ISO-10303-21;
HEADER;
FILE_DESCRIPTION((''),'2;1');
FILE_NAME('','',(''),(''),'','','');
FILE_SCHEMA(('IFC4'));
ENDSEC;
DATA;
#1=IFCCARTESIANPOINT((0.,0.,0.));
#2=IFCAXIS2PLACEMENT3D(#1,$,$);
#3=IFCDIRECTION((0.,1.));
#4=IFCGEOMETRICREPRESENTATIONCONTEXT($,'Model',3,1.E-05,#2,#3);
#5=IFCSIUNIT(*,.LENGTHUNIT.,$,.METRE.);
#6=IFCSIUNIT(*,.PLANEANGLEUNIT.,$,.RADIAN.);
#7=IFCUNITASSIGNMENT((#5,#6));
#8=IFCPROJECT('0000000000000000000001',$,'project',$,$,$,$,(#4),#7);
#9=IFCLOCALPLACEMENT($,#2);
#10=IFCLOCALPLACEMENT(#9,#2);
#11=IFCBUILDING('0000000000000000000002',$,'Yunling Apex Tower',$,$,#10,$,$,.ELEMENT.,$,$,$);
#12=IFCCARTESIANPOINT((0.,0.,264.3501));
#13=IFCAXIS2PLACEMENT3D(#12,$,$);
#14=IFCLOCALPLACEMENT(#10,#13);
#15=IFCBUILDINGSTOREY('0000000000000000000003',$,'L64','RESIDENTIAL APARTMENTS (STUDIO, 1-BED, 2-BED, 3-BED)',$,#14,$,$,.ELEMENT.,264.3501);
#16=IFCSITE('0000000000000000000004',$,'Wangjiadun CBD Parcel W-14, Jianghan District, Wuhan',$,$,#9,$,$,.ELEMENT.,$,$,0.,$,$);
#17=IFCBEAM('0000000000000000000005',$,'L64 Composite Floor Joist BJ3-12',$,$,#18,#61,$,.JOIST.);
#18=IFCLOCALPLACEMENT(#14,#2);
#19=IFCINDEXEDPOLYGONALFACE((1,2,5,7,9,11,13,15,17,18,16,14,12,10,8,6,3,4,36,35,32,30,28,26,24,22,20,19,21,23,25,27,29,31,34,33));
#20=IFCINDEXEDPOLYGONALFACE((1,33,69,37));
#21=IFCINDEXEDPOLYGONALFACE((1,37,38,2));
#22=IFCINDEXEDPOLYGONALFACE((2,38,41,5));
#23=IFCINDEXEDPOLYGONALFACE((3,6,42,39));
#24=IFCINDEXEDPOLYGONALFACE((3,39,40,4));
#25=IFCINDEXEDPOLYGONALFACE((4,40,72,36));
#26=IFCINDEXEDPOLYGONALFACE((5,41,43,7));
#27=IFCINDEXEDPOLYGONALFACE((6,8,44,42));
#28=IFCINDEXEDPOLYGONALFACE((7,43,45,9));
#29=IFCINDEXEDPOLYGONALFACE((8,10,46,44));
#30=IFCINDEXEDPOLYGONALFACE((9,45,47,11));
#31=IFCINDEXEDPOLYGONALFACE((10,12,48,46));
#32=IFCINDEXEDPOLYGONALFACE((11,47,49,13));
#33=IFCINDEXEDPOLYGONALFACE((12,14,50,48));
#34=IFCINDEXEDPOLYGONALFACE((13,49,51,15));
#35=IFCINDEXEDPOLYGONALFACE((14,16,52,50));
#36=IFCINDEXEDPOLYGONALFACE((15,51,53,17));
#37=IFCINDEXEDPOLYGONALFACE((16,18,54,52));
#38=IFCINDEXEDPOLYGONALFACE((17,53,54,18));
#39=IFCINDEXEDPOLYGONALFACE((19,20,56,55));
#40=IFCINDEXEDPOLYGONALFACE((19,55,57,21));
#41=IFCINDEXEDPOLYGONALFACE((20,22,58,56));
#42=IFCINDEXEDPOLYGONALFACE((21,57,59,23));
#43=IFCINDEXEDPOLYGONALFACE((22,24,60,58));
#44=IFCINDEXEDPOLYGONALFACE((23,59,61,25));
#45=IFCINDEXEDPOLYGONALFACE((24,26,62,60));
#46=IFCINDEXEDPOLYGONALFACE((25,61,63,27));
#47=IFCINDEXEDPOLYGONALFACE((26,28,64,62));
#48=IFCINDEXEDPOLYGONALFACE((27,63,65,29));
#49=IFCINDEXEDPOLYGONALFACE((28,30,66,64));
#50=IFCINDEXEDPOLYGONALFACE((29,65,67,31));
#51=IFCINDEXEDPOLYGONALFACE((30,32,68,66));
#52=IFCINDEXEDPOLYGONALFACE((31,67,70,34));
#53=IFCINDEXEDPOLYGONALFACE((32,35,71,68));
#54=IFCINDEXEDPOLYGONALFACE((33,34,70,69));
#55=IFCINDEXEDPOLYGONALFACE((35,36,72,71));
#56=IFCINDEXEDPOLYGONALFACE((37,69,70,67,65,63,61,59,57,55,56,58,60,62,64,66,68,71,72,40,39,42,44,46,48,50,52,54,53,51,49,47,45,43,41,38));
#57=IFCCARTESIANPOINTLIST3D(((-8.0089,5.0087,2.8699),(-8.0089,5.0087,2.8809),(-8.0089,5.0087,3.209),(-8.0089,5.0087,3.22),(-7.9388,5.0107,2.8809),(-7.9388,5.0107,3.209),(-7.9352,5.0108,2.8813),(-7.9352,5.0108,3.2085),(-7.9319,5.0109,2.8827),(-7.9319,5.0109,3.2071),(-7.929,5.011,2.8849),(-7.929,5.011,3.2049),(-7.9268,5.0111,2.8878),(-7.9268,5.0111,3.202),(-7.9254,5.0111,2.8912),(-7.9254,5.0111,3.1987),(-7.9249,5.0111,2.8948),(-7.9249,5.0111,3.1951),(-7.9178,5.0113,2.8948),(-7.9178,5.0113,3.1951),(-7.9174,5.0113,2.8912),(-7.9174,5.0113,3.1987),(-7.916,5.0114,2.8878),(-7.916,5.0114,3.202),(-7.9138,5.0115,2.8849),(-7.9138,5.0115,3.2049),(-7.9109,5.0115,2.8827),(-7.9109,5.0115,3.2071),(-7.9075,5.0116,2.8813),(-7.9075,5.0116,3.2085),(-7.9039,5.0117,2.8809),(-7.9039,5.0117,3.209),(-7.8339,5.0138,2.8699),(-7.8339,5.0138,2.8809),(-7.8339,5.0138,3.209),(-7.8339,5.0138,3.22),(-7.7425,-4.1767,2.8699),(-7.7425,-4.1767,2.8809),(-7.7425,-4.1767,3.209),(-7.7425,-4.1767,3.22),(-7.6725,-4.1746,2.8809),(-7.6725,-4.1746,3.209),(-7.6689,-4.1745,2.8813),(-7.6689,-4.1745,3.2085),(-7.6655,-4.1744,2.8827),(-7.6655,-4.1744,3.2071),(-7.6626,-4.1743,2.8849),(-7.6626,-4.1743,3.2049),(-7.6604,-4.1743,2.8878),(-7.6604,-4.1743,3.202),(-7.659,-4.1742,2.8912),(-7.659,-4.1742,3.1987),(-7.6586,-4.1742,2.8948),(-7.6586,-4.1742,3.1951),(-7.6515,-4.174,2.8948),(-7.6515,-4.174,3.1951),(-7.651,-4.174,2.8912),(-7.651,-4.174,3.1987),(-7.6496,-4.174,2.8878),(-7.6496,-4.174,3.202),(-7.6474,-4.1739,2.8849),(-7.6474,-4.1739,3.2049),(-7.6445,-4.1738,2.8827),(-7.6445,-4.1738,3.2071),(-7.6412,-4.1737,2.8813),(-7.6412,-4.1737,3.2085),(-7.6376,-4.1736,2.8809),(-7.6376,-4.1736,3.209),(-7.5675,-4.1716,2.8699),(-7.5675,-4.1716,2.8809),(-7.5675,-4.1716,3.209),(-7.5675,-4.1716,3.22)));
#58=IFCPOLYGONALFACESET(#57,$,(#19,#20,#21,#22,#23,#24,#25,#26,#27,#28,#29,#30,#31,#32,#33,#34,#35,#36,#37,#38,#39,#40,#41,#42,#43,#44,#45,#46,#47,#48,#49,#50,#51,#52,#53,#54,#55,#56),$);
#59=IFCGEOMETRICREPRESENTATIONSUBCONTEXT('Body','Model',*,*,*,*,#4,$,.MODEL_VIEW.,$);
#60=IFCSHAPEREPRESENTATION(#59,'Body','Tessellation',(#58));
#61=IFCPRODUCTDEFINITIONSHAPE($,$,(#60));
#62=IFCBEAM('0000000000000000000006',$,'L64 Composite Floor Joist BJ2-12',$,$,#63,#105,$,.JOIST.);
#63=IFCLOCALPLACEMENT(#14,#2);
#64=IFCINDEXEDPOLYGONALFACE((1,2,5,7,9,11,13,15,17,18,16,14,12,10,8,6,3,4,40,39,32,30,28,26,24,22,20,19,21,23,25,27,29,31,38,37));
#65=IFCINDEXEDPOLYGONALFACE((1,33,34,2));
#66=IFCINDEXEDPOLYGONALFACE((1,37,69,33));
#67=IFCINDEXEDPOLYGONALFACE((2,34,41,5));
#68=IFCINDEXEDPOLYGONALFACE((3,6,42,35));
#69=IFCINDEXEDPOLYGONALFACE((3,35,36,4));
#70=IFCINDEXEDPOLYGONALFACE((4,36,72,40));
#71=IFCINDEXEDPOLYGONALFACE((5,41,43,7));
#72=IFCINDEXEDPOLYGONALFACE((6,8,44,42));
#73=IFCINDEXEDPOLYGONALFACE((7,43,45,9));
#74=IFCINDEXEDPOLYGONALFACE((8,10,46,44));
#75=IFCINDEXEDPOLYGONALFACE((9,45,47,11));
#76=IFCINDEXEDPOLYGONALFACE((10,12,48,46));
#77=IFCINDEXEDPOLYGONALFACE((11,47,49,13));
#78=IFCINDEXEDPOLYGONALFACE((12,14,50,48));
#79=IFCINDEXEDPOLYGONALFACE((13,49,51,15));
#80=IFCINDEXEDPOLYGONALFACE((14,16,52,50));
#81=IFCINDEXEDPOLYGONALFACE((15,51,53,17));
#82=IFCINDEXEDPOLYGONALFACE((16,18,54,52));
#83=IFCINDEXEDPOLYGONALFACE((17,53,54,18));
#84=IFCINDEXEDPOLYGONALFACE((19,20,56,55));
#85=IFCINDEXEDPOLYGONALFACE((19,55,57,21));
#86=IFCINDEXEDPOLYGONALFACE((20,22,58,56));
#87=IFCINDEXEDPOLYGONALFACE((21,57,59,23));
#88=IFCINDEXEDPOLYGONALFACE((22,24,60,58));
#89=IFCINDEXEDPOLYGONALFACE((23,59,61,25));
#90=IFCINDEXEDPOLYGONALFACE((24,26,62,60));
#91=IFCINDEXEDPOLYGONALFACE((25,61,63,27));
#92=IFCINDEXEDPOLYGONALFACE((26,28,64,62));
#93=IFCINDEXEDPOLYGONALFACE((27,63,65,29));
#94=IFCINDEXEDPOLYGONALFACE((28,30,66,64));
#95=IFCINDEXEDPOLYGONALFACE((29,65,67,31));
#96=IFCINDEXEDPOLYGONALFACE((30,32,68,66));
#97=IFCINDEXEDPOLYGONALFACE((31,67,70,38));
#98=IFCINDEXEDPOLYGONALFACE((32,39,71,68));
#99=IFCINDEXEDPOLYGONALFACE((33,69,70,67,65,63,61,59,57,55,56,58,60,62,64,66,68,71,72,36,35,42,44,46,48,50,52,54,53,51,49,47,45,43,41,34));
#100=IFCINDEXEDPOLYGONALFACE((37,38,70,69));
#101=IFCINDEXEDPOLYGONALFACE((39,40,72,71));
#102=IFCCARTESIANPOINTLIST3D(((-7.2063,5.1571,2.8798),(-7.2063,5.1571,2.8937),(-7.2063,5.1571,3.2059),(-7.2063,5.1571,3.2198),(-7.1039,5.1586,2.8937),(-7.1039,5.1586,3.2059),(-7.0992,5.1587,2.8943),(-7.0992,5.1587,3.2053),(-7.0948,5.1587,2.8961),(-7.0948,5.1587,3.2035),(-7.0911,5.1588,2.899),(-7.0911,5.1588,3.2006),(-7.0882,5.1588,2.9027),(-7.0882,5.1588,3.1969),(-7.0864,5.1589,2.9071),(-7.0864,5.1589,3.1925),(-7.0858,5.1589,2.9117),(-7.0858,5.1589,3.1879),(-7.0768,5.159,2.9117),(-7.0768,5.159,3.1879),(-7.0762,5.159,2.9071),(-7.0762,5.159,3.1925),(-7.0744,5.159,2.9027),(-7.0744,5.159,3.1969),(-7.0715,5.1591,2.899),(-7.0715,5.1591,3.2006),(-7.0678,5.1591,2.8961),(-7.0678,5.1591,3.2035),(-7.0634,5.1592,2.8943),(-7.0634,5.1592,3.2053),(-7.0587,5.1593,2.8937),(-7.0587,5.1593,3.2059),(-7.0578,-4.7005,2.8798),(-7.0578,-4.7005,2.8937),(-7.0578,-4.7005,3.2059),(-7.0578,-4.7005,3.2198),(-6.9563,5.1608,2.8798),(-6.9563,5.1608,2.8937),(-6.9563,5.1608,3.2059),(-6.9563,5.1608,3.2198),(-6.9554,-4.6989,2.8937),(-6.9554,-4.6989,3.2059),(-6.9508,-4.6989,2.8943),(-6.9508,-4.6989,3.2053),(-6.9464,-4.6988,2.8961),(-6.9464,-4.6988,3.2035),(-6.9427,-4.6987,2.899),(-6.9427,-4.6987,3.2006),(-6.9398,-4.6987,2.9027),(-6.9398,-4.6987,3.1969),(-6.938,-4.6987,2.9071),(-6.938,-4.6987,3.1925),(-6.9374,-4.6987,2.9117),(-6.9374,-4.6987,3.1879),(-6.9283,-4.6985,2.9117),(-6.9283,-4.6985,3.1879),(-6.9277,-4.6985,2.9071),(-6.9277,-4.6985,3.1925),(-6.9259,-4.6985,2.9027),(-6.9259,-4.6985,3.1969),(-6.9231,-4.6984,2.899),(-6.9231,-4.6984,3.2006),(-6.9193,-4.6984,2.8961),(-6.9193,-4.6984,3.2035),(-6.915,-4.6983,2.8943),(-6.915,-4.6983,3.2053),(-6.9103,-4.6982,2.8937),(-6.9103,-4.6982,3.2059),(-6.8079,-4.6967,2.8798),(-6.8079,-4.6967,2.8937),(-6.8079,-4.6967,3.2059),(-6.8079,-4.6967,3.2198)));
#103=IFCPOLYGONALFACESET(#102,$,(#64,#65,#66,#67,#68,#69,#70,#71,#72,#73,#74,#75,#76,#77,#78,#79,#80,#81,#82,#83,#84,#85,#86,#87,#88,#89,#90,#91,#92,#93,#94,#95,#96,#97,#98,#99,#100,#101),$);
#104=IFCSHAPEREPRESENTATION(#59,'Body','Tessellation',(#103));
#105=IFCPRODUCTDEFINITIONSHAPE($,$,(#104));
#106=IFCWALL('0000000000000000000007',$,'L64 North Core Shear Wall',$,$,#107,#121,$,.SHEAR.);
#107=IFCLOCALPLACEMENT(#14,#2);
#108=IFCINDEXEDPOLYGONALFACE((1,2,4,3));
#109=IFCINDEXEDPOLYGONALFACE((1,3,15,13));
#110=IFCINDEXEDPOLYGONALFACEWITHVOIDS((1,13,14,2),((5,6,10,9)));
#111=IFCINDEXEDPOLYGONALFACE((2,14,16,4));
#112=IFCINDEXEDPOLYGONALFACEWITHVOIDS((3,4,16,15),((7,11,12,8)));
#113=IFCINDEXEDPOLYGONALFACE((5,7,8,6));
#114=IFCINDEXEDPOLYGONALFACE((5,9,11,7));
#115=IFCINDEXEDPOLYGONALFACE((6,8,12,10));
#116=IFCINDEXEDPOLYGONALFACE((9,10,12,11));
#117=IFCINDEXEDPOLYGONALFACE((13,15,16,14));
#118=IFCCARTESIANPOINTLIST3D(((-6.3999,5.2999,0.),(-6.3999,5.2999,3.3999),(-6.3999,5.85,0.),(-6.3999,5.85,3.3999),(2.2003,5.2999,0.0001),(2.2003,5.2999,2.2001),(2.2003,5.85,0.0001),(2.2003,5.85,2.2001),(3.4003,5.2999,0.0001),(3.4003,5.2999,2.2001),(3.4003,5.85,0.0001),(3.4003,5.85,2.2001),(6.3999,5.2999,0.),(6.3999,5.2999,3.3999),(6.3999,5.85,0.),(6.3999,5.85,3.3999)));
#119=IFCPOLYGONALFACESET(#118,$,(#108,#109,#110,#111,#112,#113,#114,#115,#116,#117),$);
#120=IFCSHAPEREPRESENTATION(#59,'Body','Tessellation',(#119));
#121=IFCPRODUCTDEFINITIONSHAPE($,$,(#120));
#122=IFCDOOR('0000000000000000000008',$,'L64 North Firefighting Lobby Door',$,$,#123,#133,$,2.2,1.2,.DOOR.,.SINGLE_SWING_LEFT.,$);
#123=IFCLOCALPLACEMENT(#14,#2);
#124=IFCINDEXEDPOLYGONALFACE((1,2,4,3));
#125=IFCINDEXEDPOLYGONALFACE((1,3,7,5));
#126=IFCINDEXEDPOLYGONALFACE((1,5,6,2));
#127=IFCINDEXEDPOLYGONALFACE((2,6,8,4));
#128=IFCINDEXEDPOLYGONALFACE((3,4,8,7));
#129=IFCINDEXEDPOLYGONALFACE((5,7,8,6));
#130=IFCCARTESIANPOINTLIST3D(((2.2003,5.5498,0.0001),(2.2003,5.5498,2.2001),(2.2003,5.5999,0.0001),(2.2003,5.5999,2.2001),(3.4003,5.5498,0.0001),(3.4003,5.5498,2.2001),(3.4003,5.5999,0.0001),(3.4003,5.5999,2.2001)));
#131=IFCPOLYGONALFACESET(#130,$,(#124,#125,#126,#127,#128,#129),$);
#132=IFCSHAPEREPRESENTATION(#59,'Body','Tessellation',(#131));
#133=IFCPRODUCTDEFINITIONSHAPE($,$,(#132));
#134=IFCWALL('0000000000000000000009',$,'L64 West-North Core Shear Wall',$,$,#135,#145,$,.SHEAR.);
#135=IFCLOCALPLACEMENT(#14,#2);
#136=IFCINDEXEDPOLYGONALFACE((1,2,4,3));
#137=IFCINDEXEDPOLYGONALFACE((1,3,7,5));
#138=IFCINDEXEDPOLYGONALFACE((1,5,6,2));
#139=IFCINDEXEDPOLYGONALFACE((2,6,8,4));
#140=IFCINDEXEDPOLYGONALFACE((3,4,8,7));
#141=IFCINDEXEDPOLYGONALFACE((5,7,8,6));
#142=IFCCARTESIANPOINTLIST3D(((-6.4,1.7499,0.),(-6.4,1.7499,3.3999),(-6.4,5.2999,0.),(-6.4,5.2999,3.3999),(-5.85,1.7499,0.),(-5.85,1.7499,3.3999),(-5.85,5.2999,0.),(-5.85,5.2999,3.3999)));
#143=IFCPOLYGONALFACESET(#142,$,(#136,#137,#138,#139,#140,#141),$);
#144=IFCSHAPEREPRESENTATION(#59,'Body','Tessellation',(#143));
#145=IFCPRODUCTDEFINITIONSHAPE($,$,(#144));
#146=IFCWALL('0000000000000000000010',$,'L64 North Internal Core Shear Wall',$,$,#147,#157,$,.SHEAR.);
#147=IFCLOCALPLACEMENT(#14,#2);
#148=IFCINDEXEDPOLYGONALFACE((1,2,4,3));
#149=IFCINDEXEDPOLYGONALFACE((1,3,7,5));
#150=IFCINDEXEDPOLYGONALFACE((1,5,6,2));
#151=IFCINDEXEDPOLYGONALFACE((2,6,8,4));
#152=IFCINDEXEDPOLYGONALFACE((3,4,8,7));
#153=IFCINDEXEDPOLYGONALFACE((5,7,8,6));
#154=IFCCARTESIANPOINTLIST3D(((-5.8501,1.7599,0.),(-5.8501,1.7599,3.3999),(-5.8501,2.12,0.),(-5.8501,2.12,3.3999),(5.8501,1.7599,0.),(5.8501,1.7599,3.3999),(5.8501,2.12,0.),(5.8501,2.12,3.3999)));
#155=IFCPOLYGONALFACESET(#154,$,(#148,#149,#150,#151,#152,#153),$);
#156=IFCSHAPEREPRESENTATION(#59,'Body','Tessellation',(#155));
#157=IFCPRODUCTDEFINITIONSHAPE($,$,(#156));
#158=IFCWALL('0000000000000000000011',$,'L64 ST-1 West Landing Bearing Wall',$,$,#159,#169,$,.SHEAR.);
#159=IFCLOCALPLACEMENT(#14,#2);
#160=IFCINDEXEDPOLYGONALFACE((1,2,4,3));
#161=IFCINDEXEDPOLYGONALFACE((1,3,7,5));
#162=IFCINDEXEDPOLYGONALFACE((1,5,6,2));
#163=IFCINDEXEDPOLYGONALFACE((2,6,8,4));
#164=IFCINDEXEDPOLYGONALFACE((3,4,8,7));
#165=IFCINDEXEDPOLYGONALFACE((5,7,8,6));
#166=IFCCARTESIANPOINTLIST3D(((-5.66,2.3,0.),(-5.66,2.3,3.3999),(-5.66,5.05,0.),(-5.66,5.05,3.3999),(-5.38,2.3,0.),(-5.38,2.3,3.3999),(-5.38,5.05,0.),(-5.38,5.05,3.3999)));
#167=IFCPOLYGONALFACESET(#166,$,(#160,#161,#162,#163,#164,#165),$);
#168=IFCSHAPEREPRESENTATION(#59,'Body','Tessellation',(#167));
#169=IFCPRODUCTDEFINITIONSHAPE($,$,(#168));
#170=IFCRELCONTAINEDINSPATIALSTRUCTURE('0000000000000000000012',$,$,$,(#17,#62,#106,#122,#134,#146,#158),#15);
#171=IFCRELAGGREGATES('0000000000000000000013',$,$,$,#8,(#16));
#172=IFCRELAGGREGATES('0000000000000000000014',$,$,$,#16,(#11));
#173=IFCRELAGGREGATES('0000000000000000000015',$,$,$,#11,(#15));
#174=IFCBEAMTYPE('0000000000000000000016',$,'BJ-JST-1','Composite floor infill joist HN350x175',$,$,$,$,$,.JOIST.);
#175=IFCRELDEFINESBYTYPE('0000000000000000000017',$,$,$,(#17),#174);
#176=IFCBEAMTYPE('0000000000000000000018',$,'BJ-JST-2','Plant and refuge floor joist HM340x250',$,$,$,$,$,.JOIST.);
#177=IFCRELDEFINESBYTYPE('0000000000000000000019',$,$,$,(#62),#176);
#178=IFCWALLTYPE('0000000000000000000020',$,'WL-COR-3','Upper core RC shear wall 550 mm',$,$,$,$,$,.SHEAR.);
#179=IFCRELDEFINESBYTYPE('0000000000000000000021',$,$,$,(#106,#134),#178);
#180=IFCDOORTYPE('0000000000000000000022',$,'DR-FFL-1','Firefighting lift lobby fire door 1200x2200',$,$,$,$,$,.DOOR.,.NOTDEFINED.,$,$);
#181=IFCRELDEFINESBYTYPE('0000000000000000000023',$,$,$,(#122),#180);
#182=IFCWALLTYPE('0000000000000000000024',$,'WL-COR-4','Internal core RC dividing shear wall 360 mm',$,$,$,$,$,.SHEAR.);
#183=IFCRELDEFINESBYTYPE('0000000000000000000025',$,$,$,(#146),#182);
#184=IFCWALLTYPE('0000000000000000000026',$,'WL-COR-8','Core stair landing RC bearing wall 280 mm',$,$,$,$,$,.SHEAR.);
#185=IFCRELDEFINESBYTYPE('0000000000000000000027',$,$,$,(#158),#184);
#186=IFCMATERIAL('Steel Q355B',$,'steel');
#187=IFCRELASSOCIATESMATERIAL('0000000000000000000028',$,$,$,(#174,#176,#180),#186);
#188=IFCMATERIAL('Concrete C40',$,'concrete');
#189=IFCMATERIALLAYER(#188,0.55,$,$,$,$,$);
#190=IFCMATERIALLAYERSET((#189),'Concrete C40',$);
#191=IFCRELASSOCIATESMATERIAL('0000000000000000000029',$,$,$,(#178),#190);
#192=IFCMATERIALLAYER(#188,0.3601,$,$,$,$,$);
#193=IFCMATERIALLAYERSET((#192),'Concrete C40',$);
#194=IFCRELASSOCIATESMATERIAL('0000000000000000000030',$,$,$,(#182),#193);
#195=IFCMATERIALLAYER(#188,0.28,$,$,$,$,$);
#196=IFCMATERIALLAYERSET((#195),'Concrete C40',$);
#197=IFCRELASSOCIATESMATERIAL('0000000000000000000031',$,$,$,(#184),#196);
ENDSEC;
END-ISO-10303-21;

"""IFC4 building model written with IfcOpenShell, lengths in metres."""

from ifc_helpers import new_model, si_unit, direction, frame, frame_2d, origin, origin_2d, place, context, subcontext, project, spatial, rectangle, i_section, extrude, source, transform, mapped, material, layer, layer_set, material_profile, profile_set, type_object, element, fill, save


model = new_model("IFC4")

# Units and contexts
model_context = context("Model", 3, precision=1e-05, world=origin(), true_north=direction((0.0, 1.0)))
body_context = subcontext(model_context, "Body", "Model", "MODEL_VIEW")
ifc_project = project(units=[si_unit("LENGTHUNIT", "METRE"), si_unit("PLANEANGLEUNIT", "RADIAN")], contexts=[model_context])

# Site, building, storey
site_placement = place(None, origin())
site = spatial("IfcSite", under=ifc_project, at=site_placement, Name="Wangjiadun CBD Parcel W-14, Jianghan District, Wuhan", CompositionType="ELEMENT", RefElevation=0.0)
building_placement = place(site_placement, origin())
building = spatial("IfcBuilding", under=site, at=building_placement, Name="Yunling Apex Tower", CompositionType="ELEMENT")
storey_placement = place(building_placement, frame((0.0, 0.0, 264.3501)))
storey = spatial("IfcBuildingStorey", under=building, at=storey_placement, Name="L64", Description="RESIDENTIAL APARTMENTS (STUDIO, 1-BED, 2-BED, 3-BED)", CompositionType="ELEMENT", Elevation=264.3501)

# Beams
ifc_material_1 = material(Name="Steel Q355B", Category="steel")
ifc_material_profile_1 = material_profile(ifc_material_1, i_section(OverallWidth=0.175, OverallDepth=0.3501, WebThickness=0.0071, FlangeThickness=0.011, FilletRadius=0.0139, at=origin_2d()))
ifc_profile_set_1 = profile_set([ifc_material_profile_1], Name="Steel Q355B")
beam_type_1 = type_object("IfcBeamType", Name="BJ-JST-1", Description="Composite floor infill joist HN350x175", PredefinedType="JOIST", material=ifc_profile_set_1)
shared_shape_1 = source(origin(), body_context, "Body", "SweptSolid", [
    extrude(i_section(OverallWidth=0.175, OverallDepth=0.3501, WebThickness=0.0071, FlangeThickness=0.011, FilletRadius=0.0139, at=origin_2d()), origin(), (0.0, 0.0, 1.0), 9.1892),
])
beam_1_placement = place(storey_placement, frame((-7.9214, 5.0112, 3.0449), z_axis=(0.028986, -0.99958, 0.0), x_axis=(0.99958, 0.028986, 0.0)))
element("IfcBeam", 1, at=beam_1_placement, inside=storey, type_object=beam_type_1, Name="L64 Composite Floor Joist BJ3-12", PredefinedType="JOIST", context=body_context, shape_type="MappedRepresentation", body=[
    mapped(shared_shape_1, transform((0.0, 0.0, 0.0), scale=1.0)),
])
ifc_material_profile_2 = material_profile(ifc_material_1, i_section(OverallWidth=0.25, OverallDepth=0.3401, WebThickness=0.009, FlangeThickness=0.0139, FilletRadius=0.0181, at=origin_2d()))
ifc_profile_set_2 = profile_set([ifc_material_profile_2], Name="Steel Q355B")
beam_type_2 = type_object("IfcBeamType", Name="BJ-JST-2", Description="Plant and refuge floor joist HM340x250", PredefinedType="JOIST", material=ifc_profile_set_2)
shared_shape_2 = source(origin(), body_context, "Body", "SweptSolid", [
    extrude(i_section(OverallWidth=0.25, OverallDepth=0.3401, WebThickness=0.009, FlangeThickness=0.0139, FilletRadius=0.0181, at=origin_2d()), origin(), (0.0, 0.0, 1.0), 9.8586),
])
beam_2_placement = place(storey_placement, frame((-7.0813, 5.1589, 3.0498), z_axis=(0.015057, -0.999887, 0.0), x_axis=(0.999887, 0.015057, 0.0)))
element("IfcBeam", 2, at=beam_2_placement, inside=storey, type_object=beam_type_2, Name="L64 Composite Floor Joist BJ2-12", PredefinedType="JOIST", context=body_context, shape_type="MappedRepresentation", body=[
    mapped(shared_shape_2, transform((0.0, 0.0, 0.0), scale=1.0)),
])

# Wall, opening, door
ifc_material_2 = material(Name="Concrete C40", Category="concrete")
ifc_layer_1 = layer(ifc_material_2, 0.55)
ifc_layer_set_1 = layer_set([ifc_layer_1], Name="Concrete C40")
wall_type_1 = type_object("IfcWallType", Name="WL-COR-3", Description="Upper core RC shear wall 550 mm", PredefinedType="SHEAR", material=ifc_layer_set_1)
wall_1_placement = place(storey_placement, frame((-6.3999, 5.575, 0.0), z_axis=(0.0, 0.0, 1.0), x_axis=(1.0, 0.0, 0.0)))
wall_1 = element("IfcWall", 3, at=wall_1_placement, inside=storey, type_object=wall_type_1, Name="L64 North Core Shear Wall", PredefinedType="SHEAR", context=body_context, shape_type="SweptSolid", body=[
    extrude(rectangle(XDim=12.7998, YDim=0.55, at=frame_2d((6.3999, 0.0))), origin(), (0.0, 0.0, 1.0), 3.3999),
])
opening_1_placement = place(wall_1_placement, frame((8.6001, 0.0, 0.0)))
opening_1 = element("IfcOpeningElement", 4, at=opening_1_placement, cuts=wall_1, PredefinedType="OPENING", context=body_context, shape_type="SweptSolid", body=[
    extrude(rectangle(XDim=1.2, YDim=2.2, at=frame_2d((0.6001, 1.1001))), frame((0.0, 0.2852, 0.0), z_axis=(0.0, -1.0, 0.0), x_axis=(1.0, 0.0, 0.0)), (0.0, 0.0, 1.0), 0.5701),
])
door_type_1 = type_object("IfcDoorType", Name="DR-FFL-1", Description="Firefighting lift lobby fire door 1200x2200", OperationType="NOTDEFINED", PredefinedType="DOOR", material=ifc_material_1)
door_1_placement = place(opening_1_placement, origin())
door_1 = element("IfcDoor", 5, at=door_1_placement, inside=storey, type_object=door_type_1, Name="L64 North Firefighting Lobby Door", OperationType="SINGLE_SWING_LEFT", OverallHeight=2.2, OverallWidth=1.2, PredefinedType="DOOR", context=body_context, shape_type="SweptSolid", body=[
    extrude(rectangle(XDim=1.2, YDim=2.2, at=frame_2d((0.6001, 1.1001))), frame((0.0, 0.0249, 0.0), z_axis=(0.0, -1.0, 0.0), x_axis=(1.0, 0.0, 0.0)), (0.0, 0.0, 1.0), 0.05),
])
fill(opening_1, door_1)

# Walls
wall_2_placement = place(storey_placement, frame((-6.125, 1.75, 0.0), z_axis=(0.0, 0.0, 1.0), x_axis=(0.0, 1.0, 0.0)))
element("IfcWall", 6, at=wall_2_placement, inside=storey, type_object=wall_type_1, Name="L64 West-North Core Shear Wall", PredefinedType="SHEAR", context=body_context, shape_type="SweptSolid", body=[
    extrude(rectangle(XDim=3.55, YDim=0.55, at=frame_2d((1.7749, 0.0))), origin(), (0.0, 0.0, 1.0), 3.3999),
])
ifc_layer_2 = layer(ifc_material_2, 0.3601)
ifc_layer_set_2 = layer_set([ifc_layer_2], Name="Concrete C40")
wall_type_2 = type_object("IfcWallType", Name="WL-COR-4", Description="Internal core RC dividing shear wall 360 mm", PredefinedType="SHEAR", material=ifc_layer_set_2)
wall_3_placement = place(storey_placement, frame((-5.8501, 1.9399, 0.0), z_axis=(0.0, 0.0, 1.0), x_axis=(1.0, 0.0, 0.0)))
element("IfcWall", 7, at=wall_3_placement, inside=storey, type_object=wall_type_2, Name="L64 North Internal Core Shear Wall", PredefinedType="SHEAR", context=body_context, shape_type="SweptSolid", body=[
    extrude(rectangle(XDim=11.7002, YDim=0.3601, at=frame_2d((5.8501, 0.0))), origin(), (0.0, 0.0, 1.0), 3.3999),
])
ifc_layer_3 = layer(ifc_material_2, 0.28)
ifc_layer_set_3 = layer_set([ifc_layer_3], Name="Concrete C40")
wall_type_3 = type_object("IfcWallType", Name="WL-COR-8", Description="Core stair landing RC bearing wall 280 mm", PredefinedType="SHEAR", material=ifc_layer_set_3)
wall_4_placement = place(storey_placement, frame((-5.52, 2.3, 0.0), z_axis=(0.0, 0.0, 1.0), x_axis=(0.0, 1.0, 0.0)))
element("IfcWall", 8, at=wall_4_placement, inside=storey, type_object=wall_type_3, Name="L64 ST-1 West Landing Bearing Wall", PredefinedType="SHEAR", context=body_context, shape_type="SweptSolid", body=[
    extrude(rectangle(XDim=2.75, YDim=0.28, at=frame_2d((1.375, 0.0))), origin(), (0.0, 0.0, 1.0), 3.3999),
])

save(model, "model.ifc")
